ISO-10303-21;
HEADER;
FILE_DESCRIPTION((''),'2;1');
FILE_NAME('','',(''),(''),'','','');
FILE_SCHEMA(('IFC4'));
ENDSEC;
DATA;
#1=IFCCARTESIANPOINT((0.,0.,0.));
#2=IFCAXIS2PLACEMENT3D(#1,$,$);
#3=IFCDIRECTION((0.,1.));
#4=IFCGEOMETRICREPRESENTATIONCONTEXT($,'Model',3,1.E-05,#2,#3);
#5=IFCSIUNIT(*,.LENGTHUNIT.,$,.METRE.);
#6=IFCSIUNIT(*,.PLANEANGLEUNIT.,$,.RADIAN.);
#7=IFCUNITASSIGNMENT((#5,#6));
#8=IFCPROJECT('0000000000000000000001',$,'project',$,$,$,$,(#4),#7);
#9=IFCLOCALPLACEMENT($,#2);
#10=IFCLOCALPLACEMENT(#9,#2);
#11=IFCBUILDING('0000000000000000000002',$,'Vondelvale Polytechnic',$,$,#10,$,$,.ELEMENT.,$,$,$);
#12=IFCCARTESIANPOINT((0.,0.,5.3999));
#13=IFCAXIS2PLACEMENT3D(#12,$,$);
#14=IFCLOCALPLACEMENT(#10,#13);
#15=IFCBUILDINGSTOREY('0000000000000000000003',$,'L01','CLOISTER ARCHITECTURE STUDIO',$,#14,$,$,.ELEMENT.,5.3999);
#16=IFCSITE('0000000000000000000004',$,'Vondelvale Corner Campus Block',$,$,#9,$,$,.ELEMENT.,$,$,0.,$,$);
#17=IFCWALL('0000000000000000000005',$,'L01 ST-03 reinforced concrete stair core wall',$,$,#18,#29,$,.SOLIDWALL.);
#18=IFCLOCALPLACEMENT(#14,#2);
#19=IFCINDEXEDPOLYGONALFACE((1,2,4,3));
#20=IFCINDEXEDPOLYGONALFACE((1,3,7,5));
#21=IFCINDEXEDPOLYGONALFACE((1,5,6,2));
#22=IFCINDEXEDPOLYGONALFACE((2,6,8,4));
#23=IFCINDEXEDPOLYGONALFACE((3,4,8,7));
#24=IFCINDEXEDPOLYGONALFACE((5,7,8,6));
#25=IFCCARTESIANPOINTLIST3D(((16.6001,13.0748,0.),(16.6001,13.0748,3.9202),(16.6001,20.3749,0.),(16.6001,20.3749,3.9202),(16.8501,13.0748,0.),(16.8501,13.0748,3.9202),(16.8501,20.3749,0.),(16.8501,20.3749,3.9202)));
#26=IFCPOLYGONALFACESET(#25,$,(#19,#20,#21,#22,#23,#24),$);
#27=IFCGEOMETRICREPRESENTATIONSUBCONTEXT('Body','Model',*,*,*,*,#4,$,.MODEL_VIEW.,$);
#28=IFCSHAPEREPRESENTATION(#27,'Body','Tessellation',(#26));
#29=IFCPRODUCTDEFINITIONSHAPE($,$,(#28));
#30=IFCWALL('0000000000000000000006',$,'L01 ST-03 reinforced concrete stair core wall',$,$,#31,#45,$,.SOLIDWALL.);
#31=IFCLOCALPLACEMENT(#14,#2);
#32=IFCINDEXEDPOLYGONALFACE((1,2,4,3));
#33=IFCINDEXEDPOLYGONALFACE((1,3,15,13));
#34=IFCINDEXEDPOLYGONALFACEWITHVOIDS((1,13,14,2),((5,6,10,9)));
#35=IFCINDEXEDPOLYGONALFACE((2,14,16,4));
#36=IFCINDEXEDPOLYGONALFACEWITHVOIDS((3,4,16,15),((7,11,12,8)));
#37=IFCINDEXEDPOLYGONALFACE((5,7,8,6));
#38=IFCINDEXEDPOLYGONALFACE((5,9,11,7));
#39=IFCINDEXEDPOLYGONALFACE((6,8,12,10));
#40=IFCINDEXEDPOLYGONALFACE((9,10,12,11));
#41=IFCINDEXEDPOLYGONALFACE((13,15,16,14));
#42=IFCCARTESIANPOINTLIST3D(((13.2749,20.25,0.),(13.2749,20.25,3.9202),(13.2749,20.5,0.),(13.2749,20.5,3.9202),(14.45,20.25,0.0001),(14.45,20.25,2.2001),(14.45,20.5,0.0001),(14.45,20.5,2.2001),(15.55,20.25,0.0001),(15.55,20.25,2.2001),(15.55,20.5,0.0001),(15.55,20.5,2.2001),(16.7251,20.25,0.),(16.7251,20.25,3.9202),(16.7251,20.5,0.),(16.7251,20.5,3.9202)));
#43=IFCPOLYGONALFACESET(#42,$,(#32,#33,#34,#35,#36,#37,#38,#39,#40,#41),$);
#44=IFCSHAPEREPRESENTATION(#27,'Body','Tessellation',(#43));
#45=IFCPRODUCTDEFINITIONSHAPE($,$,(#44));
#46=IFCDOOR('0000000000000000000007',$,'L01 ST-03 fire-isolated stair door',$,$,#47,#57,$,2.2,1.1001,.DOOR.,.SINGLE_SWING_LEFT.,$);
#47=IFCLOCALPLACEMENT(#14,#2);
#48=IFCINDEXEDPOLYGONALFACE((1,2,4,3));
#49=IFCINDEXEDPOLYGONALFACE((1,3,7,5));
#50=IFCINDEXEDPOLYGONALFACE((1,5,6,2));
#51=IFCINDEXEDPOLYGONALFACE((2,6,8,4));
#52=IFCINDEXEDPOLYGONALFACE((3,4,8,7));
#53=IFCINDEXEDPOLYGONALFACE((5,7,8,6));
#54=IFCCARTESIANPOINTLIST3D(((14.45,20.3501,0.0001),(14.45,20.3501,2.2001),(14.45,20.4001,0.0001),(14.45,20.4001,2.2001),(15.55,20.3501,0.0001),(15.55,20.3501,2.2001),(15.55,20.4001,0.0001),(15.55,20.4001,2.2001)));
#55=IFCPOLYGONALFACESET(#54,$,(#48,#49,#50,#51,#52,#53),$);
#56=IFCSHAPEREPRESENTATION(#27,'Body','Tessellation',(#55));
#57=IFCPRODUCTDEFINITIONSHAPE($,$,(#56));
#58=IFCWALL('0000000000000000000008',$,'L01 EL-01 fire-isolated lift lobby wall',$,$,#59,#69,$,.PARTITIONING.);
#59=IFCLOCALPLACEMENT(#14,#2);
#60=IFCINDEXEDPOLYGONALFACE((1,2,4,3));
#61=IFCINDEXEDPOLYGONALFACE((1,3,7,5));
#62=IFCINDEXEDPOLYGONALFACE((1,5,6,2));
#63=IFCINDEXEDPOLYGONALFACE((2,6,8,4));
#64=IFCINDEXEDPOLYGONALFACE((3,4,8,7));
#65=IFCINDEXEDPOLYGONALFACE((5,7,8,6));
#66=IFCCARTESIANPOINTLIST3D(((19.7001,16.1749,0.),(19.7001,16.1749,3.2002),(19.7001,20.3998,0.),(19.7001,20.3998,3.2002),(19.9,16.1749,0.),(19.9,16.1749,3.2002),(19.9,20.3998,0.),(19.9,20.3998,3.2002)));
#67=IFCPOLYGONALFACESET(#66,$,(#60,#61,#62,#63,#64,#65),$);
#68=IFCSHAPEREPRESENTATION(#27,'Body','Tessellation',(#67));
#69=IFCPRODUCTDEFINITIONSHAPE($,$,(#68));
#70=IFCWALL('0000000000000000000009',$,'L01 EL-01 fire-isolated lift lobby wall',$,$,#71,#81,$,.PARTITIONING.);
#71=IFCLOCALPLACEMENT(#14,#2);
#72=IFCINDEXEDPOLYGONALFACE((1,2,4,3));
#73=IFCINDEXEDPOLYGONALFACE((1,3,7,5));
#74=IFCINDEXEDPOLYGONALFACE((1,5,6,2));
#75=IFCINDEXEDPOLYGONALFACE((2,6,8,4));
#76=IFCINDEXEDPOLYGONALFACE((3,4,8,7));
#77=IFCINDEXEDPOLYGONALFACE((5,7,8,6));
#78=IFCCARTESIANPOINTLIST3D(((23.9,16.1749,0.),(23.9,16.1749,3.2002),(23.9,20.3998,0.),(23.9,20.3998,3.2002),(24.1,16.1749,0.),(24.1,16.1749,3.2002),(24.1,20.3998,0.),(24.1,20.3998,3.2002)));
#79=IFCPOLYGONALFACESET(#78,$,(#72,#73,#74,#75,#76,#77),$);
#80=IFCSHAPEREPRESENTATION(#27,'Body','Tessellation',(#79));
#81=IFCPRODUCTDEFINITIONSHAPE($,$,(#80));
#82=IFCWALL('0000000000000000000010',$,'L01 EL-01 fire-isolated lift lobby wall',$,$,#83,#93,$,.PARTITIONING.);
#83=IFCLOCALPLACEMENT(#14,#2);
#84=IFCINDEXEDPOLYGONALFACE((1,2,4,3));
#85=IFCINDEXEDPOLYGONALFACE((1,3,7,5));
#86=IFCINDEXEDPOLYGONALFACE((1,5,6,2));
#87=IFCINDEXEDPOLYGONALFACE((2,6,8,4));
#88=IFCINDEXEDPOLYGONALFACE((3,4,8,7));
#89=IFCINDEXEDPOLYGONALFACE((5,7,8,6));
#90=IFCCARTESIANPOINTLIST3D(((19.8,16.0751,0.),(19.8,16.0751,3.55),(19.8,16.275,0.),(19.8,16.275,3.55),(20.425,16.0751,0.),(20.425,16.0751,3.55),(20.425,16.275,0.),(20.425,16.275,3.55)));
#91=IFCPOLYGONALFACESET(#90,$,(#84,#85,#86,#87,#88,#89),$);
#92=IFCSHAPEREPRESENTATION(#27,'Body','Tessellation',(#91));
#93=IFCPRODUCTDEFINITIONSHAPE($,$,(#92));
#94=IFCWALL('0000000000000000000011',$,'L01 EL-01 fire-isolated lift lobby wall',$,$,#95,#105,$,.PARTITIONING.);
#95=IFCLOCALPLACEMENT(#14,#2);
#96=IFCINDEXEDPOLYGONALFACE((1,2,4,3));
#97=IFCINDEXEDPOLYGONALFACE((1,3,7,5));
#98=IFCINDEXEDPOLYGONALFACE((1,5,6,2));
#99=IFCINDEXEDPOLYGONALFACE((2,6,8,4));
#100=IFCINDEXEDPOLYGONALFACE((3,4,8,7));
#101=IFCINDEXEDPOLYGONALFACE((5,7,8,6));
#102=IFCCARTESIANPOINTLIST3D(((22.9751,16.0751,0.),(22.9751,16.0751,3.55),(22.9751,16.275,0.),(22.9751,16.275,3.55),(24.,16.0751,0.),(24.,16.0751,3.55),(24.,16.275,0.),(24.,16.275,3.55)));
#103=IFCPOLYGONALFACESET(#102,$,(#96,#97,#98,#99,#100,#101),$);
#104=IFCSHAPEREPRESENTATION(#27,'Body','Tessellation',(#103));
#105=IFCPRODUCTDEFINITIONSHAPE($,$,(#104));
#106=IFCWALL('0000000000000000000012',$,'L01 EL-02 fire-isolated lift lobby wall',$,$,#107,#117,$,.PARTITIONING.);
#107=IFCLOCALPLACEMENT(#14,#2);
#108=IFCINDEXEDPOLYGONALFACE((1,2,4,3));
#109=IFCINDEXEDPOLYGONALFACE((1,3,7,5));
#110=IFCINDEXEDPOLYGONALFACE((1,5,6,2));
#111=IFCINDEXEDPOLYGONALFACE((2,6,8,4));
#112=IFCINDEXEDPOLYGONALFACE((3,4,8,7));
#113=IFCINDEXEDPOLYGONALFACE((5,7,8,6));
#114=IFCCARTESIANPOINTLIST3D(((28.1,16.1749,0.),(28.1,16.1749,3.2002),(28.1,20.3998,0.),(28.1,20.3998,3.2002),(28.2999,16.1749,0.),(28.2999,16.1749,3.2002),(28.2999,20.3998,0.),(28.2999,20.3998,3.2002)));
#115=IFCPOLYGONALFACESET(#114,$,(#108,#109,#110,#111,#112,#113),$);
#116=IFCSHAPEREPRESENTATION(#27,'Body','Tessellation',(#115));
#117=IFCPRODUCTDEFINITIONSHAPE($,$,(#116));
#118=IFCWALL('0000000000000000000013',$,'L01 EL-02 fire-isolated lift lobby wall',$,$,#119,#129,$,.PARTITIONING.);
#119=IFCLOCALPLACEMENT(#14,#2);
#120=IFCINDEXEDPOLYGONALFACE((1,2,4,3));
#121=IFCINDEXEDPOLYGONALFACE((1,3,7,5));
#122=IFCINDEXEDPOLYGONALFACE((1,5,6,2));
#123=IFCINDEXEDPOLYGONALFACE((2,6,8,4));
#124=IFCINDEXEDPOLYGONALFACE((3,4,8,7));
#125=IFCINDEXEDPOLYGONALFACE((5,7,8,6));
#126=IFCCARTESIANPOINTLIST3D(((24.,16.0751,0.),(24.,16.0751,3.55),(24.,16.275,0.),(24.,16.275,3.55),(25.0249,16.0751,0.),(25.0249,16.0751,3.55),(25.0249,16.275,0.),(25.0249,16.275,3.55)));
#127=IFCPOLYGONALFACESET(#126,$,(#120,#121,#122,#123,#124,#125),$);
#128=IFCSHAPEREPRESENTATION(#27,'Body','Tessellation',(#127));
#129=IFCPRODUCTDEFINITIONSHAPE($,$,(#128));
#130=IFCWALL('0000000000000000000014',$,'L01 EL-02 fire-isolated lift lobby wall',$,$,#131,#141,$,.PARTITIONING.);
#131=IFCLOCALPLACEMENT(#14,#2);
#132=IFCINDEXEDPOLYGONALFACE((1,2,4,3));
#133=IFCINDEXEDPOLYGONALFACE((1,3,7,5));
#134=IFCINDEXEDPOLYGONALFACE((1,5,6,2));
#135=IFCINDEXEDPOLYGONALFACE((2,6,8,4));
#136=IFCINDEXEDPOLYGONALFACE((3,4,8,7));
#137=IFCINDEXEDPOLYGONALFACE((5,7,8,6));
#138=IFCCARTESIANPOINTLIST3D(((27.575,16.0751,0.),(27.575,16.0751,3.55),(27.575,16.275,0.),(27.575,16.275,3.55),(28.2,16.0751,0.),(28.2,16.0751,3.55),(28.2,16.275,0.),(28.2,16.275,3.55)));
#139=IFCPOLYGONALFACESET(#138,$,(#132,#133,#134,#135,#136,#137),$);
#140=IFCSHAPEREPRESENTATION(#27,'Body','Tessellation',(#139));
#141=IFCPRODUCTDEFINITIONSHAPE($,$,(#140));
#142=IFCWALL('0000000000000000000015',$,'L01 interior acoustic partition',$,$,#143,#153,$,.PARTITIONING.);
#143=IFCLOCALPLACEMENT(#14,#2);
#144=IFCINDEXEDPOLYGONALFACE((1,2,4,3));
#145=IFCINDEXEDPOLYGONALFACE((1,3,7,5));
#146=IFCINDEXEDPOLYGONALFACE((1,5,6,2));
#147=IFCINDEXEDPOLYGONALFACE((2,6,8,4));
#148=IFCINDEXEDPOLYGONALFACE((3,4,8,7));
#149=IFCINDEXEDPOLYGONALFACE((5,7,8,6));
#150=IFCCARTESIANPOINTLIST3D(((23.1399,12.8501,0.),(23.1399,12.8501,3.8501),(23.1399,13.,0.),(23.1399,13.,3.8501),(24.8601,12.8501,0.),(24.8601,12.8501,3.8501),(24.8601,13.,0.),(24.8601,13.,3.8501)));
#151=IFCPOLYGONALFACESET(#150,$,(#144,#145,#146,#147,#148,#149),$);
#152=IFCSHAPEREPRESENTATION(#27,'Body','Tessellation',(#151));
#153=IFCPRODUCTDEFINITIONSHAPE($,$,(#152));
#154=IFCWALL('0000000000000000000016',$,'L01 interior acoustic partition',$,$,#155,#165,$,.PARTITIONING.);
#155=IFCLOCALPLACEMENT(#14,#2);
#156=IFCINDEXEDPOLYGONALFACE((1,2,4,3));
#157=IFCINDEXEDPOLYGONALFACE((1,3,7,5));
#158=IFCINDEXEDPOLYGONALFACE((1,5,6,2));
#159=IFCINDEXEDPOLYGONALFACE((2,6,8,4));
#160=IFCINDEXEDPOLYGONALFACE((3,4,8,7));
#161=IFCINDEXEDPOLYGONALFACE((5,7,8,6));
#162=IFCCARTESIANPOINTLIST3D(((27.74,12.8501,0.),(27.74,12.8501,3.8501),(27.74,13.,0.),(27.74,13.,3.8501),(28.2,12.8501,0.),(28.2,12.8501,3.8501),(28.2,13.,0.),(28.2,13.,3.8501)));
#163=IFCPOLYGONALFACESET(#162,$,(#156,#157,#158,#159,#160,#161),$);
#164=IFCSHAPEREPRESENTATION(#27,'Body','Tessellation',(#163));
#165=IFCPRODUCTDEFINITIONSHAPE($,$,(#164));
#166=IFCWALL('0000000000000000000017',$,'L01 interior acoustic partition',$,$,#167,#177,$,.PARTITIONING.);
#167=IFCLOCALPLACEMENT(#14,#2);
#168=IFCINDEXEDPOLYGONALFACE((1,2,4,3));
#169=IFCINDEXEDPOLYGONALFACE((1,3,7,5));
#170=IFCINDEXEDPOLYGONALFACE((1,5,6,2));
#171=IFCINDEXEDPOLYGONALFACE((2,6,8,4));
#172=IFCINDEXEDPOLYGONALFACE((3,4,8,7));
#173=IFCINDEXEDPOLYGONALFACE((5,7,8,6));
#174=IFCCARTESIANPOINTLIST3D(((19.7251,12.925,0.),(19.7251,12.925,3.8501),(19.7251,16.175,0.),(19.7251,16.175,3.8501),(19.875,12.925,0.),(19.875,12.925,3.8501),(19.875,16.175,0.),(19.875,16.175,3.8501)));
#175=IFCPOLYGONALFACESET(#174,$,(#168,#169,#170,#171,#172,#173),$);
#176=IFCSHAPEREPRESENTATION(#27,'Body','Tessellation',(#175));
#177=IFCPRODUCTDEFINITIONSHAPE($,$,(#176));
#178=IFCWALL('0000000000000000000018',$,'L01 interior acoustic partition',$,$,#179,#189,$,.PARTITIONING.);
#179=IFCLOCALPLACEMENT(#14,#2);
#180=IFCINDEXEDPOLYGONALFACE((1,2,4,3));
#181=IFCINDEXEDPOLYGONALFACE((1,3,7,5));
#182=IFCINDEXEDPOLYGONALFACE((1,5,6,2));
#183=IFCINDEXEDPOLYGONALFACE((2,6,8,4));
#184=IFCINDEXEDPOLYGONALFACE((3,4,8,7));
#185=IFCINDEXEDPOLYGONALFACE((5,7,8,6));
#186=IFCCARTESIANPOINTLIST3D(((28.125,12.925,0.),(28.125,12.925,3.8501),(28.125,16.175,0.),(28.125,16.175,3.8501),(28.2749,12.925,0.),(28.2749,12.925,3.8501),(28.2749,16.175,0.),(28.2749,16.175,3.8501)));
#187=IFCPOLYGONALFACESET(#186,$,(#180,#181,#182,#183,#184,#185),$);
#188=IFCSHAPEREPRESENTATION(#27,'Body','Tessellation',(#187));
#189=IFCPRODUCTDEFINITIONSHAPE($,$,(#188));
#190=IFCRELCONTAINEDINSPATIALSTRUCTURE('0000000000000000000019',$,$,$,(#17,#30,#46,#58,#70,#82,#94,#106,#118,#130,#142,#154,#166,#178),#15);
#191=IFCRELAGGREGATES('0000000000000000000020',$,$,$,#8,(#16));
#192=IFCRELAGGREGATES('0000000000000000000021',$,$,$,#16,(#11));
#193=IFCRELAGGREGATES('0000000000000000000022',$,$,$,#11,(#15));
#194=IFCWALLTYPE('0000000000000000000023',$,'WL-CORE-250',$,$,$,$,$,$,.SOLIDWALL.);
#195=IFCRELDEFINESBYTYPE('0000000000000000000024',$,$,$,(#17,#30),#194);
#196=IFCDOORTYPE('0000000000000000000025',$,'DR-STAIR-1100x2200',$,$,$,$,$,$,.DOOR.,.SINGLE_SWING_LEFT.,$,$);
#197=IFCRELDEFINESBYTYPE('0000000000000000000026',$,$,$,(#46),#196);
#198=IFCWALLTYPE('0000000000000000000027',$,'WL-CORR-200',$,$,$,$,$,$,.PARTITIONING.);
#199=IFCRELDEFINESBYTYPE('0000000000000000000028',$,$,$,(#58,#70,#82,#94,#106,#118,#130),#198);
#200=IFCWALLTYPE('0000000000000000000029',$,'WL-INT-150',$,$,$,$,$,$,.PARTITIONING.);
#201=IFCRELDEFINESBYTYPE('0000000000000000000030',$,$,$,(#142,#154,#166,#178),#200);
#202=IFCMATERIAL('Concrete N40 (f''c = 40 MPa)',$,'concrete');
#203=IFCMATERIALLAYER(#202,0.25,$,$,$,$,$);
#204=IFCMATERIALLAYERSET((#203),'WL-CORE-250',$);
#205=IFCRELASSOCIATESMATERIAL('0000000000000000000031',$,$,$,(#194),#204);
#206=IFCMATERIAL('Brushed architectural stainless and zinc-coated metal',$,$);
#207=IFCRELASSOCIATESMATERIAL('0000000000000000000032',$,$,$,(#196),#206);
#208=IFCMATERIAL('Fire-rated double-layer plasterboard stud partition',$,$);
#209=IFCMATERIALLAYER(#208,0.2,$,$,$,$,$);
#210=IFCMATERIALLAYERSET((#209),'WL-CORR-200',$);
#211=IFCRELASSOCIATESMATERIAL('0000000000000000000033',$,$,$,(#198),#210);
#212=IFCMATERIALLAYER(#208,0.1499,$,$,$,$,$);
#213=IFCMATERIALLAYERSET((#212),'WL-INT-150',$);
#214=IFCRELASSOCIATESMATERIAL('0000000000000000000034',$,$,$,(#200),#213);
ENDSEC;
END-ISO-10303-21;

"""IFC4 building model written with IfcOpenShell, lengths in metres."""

from ifc_helpers import new_model, si_unit, direction, frame, frame_2d, origin, place, context, subcontext, project, spatial, rectangle, extrude, material, layer, layer_set, type_object, element, fill, save


model = new_model("IFC4")

# Units and contexts
model_context = context("Model", 3, precision=1e-05, world=origin(), true_north=direction((0.0, 1.0)))
body_context = subcontext(model_context, "Body", "Model", "MODEL_VIEW")
ifc_project = project(units=[si_unit("LENGTHUNIT", "METRE"), si_unit("PLANEANGLEUNIT", "RADIAN")], contexts=[model_context])

# Site, building, storey
site_placement = place(None, origin())
site = spatial("IfcSite", under=ifc_project, at=site_placement, Name="Vondelvale Corner Campus Block", CompositionType="ELEMENT", RefElevation=0.0)
building_placement = place(site_placement, origin())
building = spatial("IfcBuilding", under=site, at=building_placement, Name="Vondelvale Polytechnic", CompositionType="ELEMENT")
storey_placement = place(building_placement, frame((0.0, 0.0, 5.3999)))
storey = spatial("IfcBuildingStorey", under=building, at=storey_placement, Name="L01", Description="CLOISTER ARCHITECTURE STUDIO", CompositionType="ELEMENT", Elevation=5.3999)

# Wall
ifc_material_1 = material(Name="Concrete N40 (f'c = 40 MPa)", Category="concrete")
ifc_layer_1 = layer(ifc_material_1, 0.25)
ifc_layer_set_1 = layer_set([ifc_layer_1], Name="WL-CORE-250")
wall_type_1 = type_object("IfcWallType", Name="WL-CORE-250", PredefinedType="SOLIDWALL", material=ifc_layer_set_1)
wall_1_placement = place(storey_placement, frame((16.7251, 13.075, 0.0), z_axis=(0.0, 0.0, 1.0), x_axis=(0.0, 1.0, 0.0)))
element("IfcWall", 1, at=wall_1_placement, inside=storey, type_object=wall_type_1, Name="L01 ST-03 reinforced concrete stair core wall", PredefinedType="SOLIDWALL", context=body_context, shape_type="SweptSolid", body=[
    extrude(rectangle(XDim=7.3, YDim=0.25, at=frame_2d((3.6499, 0.0))), origin(), (0.0, 0.0, 1.0), 3.9202),
])

# Wall, opening, door
wall_2_placement = place(storey_placement, frame((16.7251, 20.375, 0.0), z_axis=(0.0, 0.0, 1.0), x_axis=(-1.0, 0.0, 0.0)))
wall_2 = element("IfcWall", 2, at=wall_2_placement, inside=storey, type_object=wall_type_1, Name="L01 ST-03 reinforced concrete stair core wall", PredefinedType="SOLIDWALL", context=body_context, shape_type="SweptSolid", body=[
    extrude(rectangle(XDim=3.4502, YDim=0.25, at=frame_2d((1.7251, 0.0))), origin(), (0.0, 0.0, 1.0), 3.9202),
])
opening_1_placement = place(wall_2_placement, frame((1.175, 0.0, 0.0)))
opening_1 = element("IfcOpeningElement", 3, at=opening_1_placement, cuts=wall_2, PredefinedType="OPENING", context=body_context, shape_type="SweptSolid", body=[
    extrude(rectangle(XDim=1.1001, YDim=2.2, at=frame_2d((0.55, 1.1001))), frame((0.0, 0.135, 0.0), z_axis=(0.0, -1.0, 0.0), x_axis=(1.0, 0.0, 0.0)), (0.0, 0.0, 1.0), 0.27),
])
ifc_material_2 = material(Name="Brushed architectural stainless and zinc-coated metal")
door_type_1 = type_object("IfcDoorType", Name="DR-STAIR-1100x2200", OperationType="SINGLE_SWING_LEFT", PredefinedType="DOOR", material=ifc_material_2)
door_1_placement = place(opening_1_placement, origin())
door_1 = element("IfcDoor", 4, at=door_1_placement, inside=storey, type_object=door_type_1, Name="L01 ST-03 fire-isolated stair door", OperationType="SINGLE_SWING_LEFT", OverallHeight=2.2, OverallWidth=1.1001, PredefinedType="DOOR", context=body_context, shape_type="SweptSolid", body=[
    extrude(rectangle(XDim=1.1001, YDim=2.2, at=frame_2d((0.55, 1.1001))), frame((0.0, 0.0249, 0.0), z_axis=(0.0, -1.0, 0.0), x_axis=(1.0, 0.0, 0.0)), (0.0, 0.0, 1.0), 0.05),
])
fill(opening_1, door_1)

# Walls
ifc_material_3 = material(Name="Fire-rated double-layer plasterboard stud partition")
ifc_layer_2 = layer(ifc_material_3, 0.2)
ifc_layer_set_2 = layer_set([ifc_layer_2], Name="WL-CORR-200")
wall_type_2 = type_object("IfcWallType", Name="WL-CORR-200", PredefinedType="PARTITIONING", material=ifc_layer_set_2)
for number, where, z_axis, x_axis, name in (
    (5, (19.8, 16.175, 0.0), (0.0, 0.0, 1.0), (0.0, 1.0, 0.0), "L01 EL-01 fire-isolated lift lobby wall"),
    (6, (24.0, 16.175, 0.0), (0.0, 0.0, 1.0), (0.0, 1.0, 0.0), "L01 EL-01 fire-isolated lift lobby wall"),
):
    element("IfcWall", number, at=place(storey_placement, frame(where, z_axis=z_axis, x_axis=x_axis)), inside=storey, type_object=wall_type_2, Name=name, PredefinedType="PARTITIONING", context=body_context, shape_type="SweptSolid", body=[
        extrude(rectangle(XDim=4.2249, YDim=0.2, at=frame_2d((2.1123, 0.0))), origin(), (0.0, 0.0, 1.0), 3.2002),
    ])
wall_3_placement = place(storey_placement, frame((19.8, 16.175, 0.0), z_axis=(0.0, 0.0, 1.0), x_axis=(1.0, 0.0, 0.0)))
element("IfcWall", 7, at=wall_3_placement, inside=storey, type_object=wall_type_2, Name="L01 EL-01 fire-isolated lift lobby wall", PredefinedType="PARTITIONING", context=body_context, shape_type="SweptSolid", body=[
    extrude(rectangle(XDim=0.625, YDim=0.2, at=frame_2d((0.3125, 0.0))), origin(), (0.0, 0.0, 1.0), 3.55),
])
wall_4_placement = place(storey_placement, frame((22.9751, 16.175, 0.0), z_axis=(0.0, 0.0, 1.0), x_axis=(1.0, 0.0, 0.0)))
element("IfcWall", 8, at=wall_4_placement, inside=storey, type_object=wall_type_2, Name="L01 EL-01 fire-isolated lift lobby wall", PredefinedType="PARTITIONING", context=body_context, shape_type="SweptSolid", body=[
    extrude(rectangle(XDim=1.0249, YDim=0.2, at=frame_2d((0.5125, 0.0))), origin(), (0.0, 0.0, 1.0), 3.55),
])
wall_5_placement = place(storey_placement, frame((28.2, 16.175, 0.0), z_axis=(0.0, 0.0, 1.0), x_axis=(0.0, 1.0, 0.0)))
element("IfcWall", 9, at=wall_5_placement, inside=storey, type_object=wall_type_2, Name="L01 EL-02 fire-isolated lift lobby wall", PredefinedType="PARTITIONING", context=body_context, shape_type="SweptSolid", body=[
    extrude(rectangle(XDim=4.2249, YDim=0.2, at=frame_2d((2.1123, 0.0))), origin(), (0.0, 0.0, 1.0), 3.2002),
])
wall_6_placement = place(storey_placement, frame((24.0, 16.175, 0.0), z_axis=(0.0, 0.0, 1.0), x_axis=(1.0, 0.0, 0.0)))
element("IfcWall", 10, at=wall_6_placement, inside=storey, type_object=wall_type_2, Name="L01 EL-02 fire-isolated lift lobby wall", PredefinedType="PARTITIONING", context=body_context, shape_type="SweptSolid", body=[
    extrude(rectangle(XDim=1.0249, YDim=0.2, at=frame_2d((0.5125, 0.0))), origin(), (0.0, 0.0, 1.0), 3.55),
])
wall_7_placement = place(storey_placement, frame((27.575, 16.175, 0.0), z_axis=(0.0, 0.0, 1.0), x_axis=(1.0, 0.0, 0.0)))
element("IfcWall", 11, at=wall_7_placement, inside=storey, type_object=wall_type_2, Name="L01 EL-02 fire-isolated lift lobby wall", PredefinedType="PARTITIONING", context=body_context, shape_type="SweptSolid", body=[
    extrude(rectangle(XDim=0.625, YDim=0.2, at=frame_2d((0.3125, 0.0))), origin(), (0.0, 0.0, 1.0), 3.55),
])
ifc_layer_3 = layer(ifc_material_3, 0.1499)
ifc_layer_set_3 = layer_set([ifc_layer_3], Name="WL-INT-150")
wall_type_3 = type_object("IfcWallType", Name="WL-INT-150", PredefinedType="PARTITIONING", material=ifc_layer_set_3)
wall_8_placement = place(storey_placement, frame((23.1399, 12.925, 0.0), z_axis=(0.0, 0.0, 1.0), x_axis=(1.0, 0.0, 0.0)))
element("IfcWall", 12, at=wall_8_placement, inside=storey, type_object=wall_type_3, Name="L01 interior acoustic partition", PredefinedType="PARTITIONING", context=body_context, shape_type="SweptSolid", body=[
    extrude(rectangle(XDim=1.7202, YDim=0.1499, at=frame_2d((0.8601, 0.0))), origin(), (0.0, 0.0, 1.0), 3.8501),
])
wall_9_placement = place(storey_placement, frame((27.74, 12.925, 0.0), z_axis=(0.0, 0.0, 1.0), x_axis=(1.0, 0.0, 0.0)))
element("IfcWall", 13, at=wall_9_placement, inside=storey, type_object=wall_type_3, Name="L01 interior acoustic partition", PredefinedType="PARTITIONING", context=body_context, shape_type="SweptSolid", body=[
    extrude(rectangle(XDim=0.46, YDim=0.1499, at=frame_2d((0.23, 0.0))), origin(), (0.0, 0.0, 1.0), 3.8501),
])
for number, where, z_axis, x_axis, name in (
    (14, (19.8, 12.925, 0.0), (0.0, 0.0, 1.0), (0.0, 1.0, 0.0), "L01 interior acoustic partition"),
    (15, (28.2, 12.925, 0.0), (0.0, 0.0, 1.0), (0.0, 1.0, 0.0), "L01 interior acoustic partition"),
):
    element("IfcWall", number, at=place(storey_placement, frame(where, z_axis=z_axis, x_axis=x_axis)), inside=storey, type_object=wall_type_3, Name=name, PredefinedType="PARTITIONING", context=body_context, shape_type="SweptSolid", body=[
        extrude(rectangle(XDim=3.25, YDim=0.1499, at=frame_2d((1.625, 0.0))), origin(), (0.0, 0.0, 1.0), 3.8501),
    ])

save(model, "model.ifc")
